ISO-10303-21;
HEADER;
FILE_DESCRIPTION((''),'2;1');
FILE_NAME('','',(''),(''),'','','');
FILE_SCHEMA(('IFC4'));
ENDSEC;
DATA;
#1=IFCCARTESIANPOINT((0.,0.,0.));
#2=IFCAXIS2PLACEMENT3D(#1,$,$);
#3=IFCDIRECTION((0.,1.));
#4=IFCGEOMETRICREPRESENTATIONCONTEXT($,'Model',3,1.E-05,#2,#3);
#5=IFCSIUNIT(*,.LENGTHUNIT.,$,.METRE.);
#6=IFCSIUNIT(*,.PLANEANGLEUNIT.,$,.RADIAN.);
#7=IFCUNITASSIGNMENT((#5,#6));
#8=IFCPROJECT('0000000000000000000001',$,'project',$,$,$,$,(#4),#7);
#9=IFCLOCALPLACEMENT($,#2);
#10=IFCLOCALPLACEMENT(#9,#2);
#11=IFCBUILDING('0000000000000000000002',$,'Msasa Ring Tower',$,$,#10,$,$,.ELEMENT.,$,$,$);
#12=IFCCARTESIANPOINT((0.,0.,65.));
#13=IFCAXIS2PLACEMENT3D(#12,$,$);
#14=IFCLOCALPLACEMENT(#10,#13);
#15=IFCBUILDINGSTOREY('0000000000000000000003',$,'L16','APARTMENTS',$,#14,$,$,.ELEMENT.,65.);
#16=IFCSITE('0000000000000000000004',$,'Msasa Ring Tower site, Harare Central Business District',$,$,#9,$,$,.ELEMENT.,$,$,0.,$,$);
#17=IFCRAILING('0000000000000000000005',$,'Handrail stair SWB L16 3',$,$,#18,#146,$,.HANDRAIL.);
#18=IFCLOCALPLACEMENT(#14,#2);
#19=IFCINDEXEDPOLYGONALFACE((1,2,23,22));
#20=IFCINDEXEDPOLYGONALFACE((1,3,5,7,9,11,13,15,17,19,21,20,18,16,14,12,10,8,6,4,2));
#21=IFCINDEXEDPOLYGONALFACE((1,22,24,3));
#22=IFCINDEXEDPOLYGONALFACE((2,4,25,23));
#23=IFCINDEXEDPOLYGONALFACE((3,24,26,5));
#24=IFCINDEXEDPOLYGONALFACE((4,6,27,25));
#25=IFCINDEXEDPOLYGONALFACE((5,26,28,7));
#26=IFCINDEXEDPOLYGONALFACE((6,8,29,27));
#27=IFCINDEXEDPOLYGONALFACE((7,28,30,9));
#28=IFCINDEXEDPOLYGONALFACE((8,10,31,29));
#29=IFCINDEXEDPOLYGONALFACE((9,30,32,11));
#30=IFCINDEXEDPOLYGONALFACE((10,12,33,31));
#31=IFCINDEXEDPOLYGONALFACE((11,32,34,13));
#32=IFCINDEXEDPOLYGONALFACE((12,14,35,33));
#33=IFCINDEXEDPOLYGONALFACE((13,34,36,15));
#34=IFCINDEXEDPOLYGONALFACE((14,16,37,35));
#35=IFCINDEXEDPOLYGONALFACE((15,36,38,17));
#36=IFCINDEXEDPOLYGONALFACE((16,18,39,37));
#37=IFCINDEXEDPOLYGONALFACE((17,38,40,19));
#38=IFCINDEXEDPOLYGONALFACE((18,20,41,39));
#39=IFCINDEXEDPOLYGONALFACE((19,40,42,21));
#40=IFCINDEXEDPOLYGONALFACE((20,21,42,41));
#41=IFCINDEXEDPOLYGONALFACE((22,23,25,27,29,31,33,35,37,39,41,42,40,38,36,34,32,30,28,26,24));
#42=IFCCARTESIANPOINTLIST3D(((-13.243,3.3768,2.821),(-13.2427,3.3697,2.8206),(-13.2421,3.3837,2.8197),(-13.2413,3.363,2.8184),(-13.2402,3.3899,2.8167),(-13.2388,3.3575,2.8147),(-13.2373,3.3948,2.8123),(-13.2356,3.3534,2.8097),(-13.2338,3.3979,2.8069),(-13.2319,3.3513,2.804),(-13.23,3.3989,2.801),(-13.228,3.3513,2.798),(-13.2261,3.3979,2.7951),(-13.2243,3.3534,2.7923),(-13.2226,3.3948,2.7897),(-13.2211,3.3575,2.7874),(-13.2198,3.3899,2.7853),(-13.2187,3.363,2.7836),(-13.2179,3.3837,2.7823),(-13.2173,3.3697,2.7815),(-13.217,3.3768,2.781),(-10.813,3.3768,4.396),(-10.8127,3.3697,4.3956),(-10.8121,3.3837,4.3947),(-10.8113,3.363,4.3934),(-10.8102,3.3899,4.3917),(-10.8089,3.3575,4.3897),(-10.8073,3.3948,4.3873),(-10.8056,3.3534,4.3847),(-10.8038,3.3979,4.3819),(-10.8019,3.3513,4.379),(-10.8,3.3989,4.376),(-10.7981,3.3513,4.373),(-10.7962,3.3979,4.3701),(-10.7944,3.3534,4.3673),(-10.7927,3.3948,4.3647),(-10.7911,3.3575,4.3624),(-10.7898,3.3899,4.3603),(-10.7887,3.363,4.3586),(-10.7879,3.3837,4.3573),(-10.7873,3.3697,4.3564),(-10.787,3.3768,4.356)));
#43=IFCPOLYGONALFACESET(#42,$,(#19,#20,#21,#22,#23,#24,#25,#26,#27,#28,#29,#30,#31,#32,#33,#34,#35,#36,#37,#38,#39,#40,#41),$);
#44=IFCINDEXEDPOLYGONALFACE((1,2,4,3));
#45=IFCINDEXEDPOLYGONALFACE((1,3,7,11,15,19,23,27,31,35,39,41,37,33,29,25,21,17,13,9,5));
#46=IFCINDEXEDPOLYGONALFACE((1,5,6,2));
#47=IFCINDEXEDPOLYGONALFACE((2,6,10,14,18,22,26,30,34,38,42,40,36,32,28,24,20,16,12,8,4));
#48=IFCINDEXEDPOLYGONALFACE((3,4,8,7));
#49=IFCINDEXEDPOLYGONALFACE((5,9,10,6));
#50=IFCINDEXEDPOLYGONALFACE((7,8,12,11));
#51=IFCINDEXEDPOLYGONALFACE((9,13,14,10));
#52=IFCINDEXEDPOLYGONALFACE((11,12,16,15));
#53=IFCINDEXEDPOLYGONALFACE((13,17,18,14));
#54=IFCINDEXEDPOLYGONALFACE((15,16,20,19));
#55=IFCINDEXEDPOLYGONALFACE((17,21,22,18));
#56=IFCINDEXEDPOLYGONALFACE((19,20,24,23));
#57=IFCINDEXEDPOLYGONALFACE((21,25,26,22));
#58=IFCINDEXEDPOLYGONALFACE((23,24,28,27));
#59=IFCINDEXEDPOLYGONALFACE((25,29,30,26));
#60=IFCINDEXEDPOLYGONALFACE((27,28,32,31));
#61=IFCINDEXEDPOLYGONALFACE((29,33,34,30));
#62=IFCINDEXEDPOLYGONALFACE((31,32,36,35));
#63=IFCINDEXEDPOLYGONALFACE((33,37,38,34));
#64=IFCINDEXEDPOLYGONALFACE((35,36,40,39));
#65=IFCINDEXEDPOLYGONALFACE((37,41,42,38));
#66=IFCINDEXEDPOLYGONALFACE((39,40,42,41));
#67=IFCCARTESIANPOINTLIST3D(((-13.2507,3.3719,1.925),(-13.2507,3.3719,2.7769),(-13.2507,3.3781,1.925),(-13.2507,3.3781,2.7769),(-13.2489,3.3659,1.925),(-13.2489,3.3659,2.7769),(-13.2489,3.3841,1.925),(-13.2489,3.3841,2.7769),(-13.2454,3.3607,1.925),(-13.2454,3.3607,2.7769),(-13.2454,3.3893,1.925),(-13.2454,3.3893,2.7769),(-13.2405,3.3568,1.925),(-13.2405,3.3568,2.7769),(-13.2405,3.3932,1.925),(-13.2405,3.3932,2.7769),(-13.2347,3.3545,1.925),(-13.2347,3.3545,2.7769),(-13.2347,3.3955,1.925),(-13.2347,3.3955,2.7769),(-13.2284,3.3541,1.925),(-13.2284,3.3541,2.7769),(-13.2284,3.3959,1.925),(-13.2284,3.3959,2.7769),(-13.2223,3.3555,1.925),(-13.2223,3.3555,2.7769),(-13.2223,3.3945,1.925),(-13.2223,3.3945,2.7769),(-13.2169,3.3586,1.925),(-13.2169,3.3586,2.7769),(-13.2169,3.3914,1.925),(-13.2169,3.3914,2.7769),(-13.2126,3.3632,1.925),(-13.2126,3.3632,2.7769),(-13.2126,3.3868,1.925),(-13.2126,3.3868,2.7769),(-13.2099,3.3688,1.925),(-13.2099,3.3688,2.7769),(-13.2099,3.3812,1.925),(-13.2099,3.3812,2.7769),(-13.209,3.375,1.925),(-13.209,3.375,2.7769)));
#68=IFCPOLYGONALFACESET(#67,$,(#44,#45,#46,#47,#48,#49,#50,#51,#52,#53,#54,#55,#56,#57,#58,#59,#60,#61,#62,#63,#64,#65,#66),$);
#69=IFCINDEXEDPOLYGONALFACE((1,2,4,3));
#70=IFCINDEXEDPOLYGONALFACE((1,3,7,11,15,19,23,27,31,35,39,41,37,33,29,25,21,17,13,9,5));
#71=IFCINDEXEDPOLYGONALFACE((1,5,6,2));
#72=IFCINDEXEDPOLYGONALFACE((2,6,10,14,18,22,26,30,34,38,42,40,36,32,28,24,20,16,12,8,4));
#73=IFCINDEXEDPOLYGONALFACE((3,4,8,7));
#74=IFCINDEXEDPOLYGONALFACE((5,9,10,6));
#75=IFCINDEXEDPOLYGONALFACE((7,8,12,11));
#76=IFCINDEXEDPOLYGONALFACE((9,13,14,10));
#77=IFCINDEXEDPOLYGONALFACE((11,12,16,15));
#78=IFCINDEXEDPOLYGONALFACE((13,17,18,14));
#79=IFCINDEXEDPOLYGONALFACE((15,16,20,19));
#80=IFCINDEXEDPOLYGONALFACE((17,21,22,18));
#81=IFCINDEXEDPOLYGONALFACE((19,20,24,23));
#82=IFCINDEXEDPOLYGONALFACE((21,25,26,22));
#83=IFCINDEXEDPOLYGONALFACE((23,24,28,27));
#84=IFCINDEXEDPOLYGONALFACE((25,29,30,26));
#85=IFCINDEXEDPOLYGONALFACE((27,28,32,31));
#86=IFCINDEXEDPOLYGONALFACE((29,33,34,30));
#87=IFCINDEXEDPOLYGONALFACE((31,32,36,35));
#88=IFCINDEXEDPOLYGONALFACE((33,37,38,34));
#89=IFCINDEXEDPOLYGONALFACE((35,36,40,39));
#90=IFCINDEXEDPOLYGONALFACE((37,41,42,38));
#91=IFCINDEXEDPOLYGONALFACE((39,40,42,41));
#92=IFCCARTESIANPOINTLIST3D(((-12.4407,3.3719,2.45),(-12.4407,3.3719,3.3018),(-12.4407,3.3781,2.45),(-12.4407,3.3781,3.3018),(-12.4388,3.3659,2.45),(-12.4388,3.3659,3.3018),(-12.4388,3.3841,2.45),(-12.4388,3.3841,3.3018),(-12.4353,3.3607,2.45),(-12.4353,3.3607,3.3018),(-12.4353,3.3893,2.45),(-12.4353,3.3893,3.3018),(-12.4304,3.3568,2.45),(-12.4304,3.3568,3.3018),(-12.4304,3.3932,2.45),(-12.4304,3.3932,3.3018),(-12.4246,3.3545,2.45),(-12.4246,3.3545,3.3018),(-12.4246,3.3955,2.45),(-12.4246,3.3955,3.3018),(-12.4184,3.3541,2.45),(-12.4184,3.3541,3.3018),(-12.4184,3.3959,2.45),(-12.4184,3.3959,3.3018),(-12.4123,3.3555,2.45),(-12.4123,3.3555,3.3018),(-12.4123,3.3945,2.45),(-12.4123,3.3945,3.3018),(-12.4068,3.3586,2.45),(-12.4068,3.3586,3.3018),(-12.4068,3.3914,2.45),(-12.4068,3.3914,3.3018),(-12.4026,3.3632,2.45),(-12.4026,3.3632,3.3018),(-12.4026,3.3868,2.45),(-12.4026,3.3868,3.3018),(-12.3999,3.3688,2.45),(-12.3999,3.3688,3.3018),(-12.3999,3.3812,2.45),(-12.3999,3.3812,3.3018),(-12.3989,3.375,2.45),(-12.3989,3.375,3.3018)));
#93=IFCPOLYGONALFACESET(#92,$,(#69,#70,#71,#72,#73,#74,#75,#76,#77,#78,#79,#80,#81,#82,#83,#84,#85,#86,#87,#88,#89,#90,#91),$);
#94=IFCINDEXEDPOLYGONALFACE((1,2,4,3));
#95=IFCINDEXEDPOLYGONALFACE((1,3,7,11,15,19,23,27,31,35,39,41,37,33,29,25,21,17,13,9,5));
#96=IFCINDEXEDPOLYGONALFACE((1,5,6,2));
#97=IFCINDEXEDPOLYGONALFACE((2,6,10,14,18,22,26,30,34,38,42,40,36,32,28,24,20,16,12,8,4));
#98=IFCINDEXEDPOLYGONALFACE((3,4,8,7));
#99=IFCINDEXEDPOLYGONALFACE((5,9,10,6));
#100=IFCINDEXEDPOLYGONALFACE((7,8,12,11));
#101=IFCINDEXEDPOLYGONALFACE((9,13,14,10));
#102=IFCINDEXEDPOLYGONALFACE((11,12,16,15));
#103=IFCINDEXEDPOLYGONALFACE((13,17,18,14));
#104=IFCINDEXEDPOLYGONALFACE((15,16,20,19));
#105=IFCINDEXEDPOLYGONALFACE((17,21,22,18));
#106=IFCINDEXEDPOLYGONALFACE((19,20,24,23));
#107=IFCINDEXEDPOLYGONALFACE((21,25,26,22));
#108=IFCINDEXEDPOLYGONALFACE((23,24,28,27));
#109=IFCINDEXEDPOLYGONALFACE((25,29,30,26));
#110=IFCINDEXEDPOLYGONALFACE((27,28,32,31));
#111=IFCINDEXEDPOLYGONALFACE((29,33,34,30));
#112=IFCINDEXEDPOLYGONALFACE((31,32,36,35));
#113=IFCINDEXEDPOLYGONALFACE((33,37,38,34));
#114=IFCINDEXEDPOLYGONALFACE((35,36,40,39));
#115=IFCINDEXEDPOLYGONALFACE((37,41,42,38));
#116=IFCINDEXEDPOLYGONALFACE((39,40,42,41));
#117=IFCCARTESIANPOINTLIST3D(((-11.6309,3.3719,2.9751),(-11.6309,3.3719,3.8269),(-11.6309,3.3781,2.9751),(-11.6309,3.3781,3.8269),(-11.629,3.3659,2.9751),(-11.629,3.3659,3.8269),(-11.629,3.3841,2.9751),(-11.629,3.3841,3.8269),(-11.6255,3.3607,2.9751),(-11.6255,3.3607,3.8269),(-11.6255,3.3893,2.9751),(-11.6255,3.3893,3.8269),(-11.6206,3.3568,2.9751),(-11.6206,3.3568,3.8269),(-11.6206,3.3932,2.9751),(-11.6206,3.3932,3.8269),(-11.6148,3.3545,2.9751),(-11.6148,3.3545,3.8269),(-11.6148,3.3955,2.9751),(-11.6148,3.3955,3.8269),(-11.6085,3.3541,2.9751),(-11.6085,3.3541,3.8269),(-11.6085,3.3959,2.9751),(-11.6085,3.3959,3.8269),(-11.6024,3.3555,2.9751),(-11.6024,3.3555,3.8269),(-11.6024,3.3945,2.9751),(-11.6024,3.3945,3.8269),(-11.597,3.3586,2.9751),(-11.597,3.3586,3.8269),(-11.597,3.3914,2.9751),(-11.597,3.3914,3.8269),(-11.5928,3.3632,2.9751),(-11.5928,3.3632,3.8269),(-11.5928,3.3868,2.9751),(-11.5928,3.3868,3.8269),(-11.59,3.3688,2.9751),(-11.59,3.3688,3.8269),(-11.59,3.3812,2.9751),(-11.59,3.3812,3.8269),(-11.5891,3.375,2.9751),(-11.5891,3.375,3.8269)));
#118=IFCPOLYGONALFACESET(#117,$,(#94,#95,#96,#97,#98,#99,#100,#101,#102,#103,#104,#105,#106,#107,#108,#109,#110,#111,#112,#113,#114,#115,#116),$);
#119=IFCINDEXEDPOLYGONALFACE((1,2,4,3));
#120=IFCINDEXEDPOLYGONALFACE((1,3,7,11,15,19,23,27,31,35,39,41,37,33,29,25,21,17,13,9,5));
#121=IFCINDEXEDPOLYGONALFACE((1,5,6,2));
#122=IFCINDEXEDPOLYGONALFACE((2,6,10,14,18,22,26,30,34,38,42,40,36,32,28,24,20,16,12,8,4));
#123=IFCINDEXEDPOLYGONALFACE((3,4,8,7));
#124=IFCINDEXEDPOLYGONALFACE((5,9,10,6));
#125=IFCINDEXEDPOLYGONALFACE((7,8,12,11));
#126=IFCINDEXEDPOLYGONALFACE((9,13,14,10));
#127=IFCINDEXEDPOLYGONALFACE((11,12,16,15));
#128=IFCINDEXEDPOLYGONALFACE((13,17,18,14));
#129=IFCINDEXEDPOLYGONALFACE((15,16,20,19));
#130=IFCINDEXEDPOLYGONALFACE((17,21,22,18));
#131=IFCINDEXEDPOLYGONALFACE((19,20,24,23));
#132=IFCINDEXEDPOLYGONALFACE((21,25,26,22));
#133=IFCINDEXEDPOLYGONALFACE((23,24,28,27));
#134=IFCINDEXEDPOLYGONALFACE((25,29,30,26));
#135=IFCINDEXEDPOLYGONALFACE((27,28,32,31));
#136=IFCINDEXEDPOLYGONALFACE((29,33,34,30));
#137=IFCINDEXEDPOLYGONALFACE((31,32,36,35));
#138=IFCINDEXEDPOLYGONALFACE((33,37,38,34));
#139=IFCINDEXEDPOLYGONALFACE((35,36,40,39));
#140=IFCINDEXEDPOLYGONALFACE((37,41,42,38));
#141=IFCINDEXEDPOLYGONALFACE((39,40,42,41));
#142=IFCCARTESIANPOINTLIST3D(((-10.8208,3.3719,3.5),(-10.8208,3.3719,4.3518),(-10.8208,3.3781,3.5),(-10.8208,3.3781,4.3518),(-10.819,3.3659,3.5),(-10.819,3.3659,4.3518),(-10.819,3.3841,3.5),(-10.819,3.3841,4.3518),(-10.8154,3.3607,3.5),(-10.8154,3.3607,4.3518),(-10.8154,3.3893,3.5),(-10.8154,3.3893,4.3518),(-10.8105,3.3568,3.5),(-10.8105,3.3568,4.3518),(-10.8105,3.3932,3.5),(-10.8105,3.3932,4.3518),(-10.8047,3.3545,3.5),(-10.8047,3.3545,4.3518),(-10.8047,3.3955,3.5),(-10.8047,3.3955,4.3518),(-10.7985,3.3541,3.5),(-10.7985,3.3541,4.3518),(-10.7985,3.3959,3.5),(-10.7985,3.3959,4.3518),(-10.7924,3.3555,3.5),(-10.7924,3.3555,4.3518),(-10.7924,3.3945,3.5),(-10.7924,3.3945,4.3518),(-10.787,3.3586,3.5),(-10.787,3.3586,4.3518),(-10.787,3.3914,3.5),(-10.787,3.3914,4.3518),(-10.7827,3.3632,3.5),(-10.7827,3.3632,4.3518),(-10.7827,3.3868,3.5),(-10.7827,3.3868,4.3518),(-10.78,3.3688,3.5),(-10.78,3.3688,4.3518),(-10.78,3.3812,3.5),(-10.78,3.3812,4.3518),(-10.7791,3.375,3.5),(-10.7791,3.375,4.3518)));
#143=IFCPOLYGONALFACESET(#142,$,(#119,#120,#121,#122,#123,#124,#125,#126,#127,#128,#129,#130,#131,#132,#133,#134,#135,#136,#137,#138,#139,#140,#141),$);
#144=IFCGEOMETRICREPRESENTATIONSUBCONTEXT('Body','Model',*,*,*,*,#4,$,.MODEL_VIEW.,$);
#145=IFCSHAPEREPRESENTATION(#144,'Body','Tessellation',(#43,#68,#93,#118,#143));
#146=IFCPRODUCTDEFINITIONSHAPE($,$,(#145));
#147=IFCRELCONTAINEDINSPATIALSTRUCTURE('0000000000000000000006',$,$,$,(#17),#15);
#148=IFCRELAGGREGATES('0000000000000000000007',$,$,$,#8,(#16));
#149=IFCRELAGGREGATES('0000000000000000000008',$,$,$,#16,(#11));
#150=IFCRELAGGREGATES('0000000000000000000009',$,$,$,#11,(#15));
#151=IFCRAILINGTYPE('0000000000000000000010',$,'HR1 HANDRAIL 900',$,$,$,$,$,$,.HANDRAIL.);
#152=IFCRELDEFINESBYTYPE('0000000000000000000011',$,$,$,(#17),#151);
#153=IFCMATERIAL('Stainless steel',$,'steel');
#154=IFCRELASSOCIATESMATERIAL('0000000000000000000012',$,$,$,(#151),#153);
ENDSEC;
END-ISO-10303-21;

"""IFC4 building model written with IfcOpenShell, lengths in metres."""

from ifc_helpers import new_model, si_unit, direction, frame, origin, origin_2d, place, context, subcontext, project, spatial, circle, extrude, material, type_object, element, save


model = new_model("IFC4")

# Units and contexts
model_context = context("Model", 3, precision=1e-05, world=origin(), true_north=direction((0.0, 1.0)))
body_context = subcontext(model_context, "Body", "Model", "MODEL_VIEW")
ifc_project = project(units=[si_unit("LENGTHUNIT", "METRE"), si_unit("PLANEANGLEUNIT", "RADIAN")], contexts=[model_context])

# Site, building, storey
site_placement = place(None, origin())
site = spatial("IfcSite", under=ifc_project, at=site_placement, Name="Msasa Ring Tower site, Harare Central Business District", CompositionType="ELEMENT", RefElevation=0.0)
building_placement = place(site_placement, origin())
building = spatial("IfcBuilding", under=site, at=building_placement, Name="Msasa Ring Tower", CompositionType="ELEMENT")
storey_placement = place(building_placement, frame((0.0, 0.0, 65.0)))
storey = spatial("IfcBuildingStorey", under=building, at=storey_placement, Name="L16", Description="APARTMENTS", CompositionType="ELEMENT", Elevation=65.0)

# Railing
ifc_material_1 = material(Name="Stainless steel", Category="steel")
railing_type = type_object("IfcRailingType", Name="HR1 HANDRAIL 900", PredefinedType="HANDRAIL", material=ifc_material_1)
for number, where, name in (
    (1, (-13.23, 3.375, 1.925), "Handrail stair SWB L16 3"),
):
    element("IfcRailing", number, at=place(storey_placement, frame(where)), inside=storey, type_object=railing_type, Name=name, PredefinedType="HANDRAIL", context=body_context, shape_type="SweptSolid", body=[
        extrude(circle(Radius=0.0239, at=origin_2d()), frame((0.0, 0.0, 0.876), z_axis=(0.839154, 0.0, 0.543894), x_axis=(0.0, 1.0, 0.0)), (0.0, 0.0, 1.0), 2.8958),
        extrude(circle(Radius=0.021, at=origin_2d()), origin(), (0.0, 0.0, 1.0), 0.8518),
        extrude(circle(Radius=0.021, at=origin_2d()), frame((0.8101, 0.0, 0.5249)), (0.0, 0.0, 1.0), 0.8518),
        extrude(circle(Radius=0.021, at=origin_2d()), frame((1.6199, 0.0, 1.05)), (0.0, 0.0, 1.0), 0.8518),
        extrude(circle(Radius=0.021, at=origin_2d()), frame((2.4299, 0.0, 1.575)), (0.0, 0.0, 1.0), 0.8518),
    ])

save(model, "model.ifc")
